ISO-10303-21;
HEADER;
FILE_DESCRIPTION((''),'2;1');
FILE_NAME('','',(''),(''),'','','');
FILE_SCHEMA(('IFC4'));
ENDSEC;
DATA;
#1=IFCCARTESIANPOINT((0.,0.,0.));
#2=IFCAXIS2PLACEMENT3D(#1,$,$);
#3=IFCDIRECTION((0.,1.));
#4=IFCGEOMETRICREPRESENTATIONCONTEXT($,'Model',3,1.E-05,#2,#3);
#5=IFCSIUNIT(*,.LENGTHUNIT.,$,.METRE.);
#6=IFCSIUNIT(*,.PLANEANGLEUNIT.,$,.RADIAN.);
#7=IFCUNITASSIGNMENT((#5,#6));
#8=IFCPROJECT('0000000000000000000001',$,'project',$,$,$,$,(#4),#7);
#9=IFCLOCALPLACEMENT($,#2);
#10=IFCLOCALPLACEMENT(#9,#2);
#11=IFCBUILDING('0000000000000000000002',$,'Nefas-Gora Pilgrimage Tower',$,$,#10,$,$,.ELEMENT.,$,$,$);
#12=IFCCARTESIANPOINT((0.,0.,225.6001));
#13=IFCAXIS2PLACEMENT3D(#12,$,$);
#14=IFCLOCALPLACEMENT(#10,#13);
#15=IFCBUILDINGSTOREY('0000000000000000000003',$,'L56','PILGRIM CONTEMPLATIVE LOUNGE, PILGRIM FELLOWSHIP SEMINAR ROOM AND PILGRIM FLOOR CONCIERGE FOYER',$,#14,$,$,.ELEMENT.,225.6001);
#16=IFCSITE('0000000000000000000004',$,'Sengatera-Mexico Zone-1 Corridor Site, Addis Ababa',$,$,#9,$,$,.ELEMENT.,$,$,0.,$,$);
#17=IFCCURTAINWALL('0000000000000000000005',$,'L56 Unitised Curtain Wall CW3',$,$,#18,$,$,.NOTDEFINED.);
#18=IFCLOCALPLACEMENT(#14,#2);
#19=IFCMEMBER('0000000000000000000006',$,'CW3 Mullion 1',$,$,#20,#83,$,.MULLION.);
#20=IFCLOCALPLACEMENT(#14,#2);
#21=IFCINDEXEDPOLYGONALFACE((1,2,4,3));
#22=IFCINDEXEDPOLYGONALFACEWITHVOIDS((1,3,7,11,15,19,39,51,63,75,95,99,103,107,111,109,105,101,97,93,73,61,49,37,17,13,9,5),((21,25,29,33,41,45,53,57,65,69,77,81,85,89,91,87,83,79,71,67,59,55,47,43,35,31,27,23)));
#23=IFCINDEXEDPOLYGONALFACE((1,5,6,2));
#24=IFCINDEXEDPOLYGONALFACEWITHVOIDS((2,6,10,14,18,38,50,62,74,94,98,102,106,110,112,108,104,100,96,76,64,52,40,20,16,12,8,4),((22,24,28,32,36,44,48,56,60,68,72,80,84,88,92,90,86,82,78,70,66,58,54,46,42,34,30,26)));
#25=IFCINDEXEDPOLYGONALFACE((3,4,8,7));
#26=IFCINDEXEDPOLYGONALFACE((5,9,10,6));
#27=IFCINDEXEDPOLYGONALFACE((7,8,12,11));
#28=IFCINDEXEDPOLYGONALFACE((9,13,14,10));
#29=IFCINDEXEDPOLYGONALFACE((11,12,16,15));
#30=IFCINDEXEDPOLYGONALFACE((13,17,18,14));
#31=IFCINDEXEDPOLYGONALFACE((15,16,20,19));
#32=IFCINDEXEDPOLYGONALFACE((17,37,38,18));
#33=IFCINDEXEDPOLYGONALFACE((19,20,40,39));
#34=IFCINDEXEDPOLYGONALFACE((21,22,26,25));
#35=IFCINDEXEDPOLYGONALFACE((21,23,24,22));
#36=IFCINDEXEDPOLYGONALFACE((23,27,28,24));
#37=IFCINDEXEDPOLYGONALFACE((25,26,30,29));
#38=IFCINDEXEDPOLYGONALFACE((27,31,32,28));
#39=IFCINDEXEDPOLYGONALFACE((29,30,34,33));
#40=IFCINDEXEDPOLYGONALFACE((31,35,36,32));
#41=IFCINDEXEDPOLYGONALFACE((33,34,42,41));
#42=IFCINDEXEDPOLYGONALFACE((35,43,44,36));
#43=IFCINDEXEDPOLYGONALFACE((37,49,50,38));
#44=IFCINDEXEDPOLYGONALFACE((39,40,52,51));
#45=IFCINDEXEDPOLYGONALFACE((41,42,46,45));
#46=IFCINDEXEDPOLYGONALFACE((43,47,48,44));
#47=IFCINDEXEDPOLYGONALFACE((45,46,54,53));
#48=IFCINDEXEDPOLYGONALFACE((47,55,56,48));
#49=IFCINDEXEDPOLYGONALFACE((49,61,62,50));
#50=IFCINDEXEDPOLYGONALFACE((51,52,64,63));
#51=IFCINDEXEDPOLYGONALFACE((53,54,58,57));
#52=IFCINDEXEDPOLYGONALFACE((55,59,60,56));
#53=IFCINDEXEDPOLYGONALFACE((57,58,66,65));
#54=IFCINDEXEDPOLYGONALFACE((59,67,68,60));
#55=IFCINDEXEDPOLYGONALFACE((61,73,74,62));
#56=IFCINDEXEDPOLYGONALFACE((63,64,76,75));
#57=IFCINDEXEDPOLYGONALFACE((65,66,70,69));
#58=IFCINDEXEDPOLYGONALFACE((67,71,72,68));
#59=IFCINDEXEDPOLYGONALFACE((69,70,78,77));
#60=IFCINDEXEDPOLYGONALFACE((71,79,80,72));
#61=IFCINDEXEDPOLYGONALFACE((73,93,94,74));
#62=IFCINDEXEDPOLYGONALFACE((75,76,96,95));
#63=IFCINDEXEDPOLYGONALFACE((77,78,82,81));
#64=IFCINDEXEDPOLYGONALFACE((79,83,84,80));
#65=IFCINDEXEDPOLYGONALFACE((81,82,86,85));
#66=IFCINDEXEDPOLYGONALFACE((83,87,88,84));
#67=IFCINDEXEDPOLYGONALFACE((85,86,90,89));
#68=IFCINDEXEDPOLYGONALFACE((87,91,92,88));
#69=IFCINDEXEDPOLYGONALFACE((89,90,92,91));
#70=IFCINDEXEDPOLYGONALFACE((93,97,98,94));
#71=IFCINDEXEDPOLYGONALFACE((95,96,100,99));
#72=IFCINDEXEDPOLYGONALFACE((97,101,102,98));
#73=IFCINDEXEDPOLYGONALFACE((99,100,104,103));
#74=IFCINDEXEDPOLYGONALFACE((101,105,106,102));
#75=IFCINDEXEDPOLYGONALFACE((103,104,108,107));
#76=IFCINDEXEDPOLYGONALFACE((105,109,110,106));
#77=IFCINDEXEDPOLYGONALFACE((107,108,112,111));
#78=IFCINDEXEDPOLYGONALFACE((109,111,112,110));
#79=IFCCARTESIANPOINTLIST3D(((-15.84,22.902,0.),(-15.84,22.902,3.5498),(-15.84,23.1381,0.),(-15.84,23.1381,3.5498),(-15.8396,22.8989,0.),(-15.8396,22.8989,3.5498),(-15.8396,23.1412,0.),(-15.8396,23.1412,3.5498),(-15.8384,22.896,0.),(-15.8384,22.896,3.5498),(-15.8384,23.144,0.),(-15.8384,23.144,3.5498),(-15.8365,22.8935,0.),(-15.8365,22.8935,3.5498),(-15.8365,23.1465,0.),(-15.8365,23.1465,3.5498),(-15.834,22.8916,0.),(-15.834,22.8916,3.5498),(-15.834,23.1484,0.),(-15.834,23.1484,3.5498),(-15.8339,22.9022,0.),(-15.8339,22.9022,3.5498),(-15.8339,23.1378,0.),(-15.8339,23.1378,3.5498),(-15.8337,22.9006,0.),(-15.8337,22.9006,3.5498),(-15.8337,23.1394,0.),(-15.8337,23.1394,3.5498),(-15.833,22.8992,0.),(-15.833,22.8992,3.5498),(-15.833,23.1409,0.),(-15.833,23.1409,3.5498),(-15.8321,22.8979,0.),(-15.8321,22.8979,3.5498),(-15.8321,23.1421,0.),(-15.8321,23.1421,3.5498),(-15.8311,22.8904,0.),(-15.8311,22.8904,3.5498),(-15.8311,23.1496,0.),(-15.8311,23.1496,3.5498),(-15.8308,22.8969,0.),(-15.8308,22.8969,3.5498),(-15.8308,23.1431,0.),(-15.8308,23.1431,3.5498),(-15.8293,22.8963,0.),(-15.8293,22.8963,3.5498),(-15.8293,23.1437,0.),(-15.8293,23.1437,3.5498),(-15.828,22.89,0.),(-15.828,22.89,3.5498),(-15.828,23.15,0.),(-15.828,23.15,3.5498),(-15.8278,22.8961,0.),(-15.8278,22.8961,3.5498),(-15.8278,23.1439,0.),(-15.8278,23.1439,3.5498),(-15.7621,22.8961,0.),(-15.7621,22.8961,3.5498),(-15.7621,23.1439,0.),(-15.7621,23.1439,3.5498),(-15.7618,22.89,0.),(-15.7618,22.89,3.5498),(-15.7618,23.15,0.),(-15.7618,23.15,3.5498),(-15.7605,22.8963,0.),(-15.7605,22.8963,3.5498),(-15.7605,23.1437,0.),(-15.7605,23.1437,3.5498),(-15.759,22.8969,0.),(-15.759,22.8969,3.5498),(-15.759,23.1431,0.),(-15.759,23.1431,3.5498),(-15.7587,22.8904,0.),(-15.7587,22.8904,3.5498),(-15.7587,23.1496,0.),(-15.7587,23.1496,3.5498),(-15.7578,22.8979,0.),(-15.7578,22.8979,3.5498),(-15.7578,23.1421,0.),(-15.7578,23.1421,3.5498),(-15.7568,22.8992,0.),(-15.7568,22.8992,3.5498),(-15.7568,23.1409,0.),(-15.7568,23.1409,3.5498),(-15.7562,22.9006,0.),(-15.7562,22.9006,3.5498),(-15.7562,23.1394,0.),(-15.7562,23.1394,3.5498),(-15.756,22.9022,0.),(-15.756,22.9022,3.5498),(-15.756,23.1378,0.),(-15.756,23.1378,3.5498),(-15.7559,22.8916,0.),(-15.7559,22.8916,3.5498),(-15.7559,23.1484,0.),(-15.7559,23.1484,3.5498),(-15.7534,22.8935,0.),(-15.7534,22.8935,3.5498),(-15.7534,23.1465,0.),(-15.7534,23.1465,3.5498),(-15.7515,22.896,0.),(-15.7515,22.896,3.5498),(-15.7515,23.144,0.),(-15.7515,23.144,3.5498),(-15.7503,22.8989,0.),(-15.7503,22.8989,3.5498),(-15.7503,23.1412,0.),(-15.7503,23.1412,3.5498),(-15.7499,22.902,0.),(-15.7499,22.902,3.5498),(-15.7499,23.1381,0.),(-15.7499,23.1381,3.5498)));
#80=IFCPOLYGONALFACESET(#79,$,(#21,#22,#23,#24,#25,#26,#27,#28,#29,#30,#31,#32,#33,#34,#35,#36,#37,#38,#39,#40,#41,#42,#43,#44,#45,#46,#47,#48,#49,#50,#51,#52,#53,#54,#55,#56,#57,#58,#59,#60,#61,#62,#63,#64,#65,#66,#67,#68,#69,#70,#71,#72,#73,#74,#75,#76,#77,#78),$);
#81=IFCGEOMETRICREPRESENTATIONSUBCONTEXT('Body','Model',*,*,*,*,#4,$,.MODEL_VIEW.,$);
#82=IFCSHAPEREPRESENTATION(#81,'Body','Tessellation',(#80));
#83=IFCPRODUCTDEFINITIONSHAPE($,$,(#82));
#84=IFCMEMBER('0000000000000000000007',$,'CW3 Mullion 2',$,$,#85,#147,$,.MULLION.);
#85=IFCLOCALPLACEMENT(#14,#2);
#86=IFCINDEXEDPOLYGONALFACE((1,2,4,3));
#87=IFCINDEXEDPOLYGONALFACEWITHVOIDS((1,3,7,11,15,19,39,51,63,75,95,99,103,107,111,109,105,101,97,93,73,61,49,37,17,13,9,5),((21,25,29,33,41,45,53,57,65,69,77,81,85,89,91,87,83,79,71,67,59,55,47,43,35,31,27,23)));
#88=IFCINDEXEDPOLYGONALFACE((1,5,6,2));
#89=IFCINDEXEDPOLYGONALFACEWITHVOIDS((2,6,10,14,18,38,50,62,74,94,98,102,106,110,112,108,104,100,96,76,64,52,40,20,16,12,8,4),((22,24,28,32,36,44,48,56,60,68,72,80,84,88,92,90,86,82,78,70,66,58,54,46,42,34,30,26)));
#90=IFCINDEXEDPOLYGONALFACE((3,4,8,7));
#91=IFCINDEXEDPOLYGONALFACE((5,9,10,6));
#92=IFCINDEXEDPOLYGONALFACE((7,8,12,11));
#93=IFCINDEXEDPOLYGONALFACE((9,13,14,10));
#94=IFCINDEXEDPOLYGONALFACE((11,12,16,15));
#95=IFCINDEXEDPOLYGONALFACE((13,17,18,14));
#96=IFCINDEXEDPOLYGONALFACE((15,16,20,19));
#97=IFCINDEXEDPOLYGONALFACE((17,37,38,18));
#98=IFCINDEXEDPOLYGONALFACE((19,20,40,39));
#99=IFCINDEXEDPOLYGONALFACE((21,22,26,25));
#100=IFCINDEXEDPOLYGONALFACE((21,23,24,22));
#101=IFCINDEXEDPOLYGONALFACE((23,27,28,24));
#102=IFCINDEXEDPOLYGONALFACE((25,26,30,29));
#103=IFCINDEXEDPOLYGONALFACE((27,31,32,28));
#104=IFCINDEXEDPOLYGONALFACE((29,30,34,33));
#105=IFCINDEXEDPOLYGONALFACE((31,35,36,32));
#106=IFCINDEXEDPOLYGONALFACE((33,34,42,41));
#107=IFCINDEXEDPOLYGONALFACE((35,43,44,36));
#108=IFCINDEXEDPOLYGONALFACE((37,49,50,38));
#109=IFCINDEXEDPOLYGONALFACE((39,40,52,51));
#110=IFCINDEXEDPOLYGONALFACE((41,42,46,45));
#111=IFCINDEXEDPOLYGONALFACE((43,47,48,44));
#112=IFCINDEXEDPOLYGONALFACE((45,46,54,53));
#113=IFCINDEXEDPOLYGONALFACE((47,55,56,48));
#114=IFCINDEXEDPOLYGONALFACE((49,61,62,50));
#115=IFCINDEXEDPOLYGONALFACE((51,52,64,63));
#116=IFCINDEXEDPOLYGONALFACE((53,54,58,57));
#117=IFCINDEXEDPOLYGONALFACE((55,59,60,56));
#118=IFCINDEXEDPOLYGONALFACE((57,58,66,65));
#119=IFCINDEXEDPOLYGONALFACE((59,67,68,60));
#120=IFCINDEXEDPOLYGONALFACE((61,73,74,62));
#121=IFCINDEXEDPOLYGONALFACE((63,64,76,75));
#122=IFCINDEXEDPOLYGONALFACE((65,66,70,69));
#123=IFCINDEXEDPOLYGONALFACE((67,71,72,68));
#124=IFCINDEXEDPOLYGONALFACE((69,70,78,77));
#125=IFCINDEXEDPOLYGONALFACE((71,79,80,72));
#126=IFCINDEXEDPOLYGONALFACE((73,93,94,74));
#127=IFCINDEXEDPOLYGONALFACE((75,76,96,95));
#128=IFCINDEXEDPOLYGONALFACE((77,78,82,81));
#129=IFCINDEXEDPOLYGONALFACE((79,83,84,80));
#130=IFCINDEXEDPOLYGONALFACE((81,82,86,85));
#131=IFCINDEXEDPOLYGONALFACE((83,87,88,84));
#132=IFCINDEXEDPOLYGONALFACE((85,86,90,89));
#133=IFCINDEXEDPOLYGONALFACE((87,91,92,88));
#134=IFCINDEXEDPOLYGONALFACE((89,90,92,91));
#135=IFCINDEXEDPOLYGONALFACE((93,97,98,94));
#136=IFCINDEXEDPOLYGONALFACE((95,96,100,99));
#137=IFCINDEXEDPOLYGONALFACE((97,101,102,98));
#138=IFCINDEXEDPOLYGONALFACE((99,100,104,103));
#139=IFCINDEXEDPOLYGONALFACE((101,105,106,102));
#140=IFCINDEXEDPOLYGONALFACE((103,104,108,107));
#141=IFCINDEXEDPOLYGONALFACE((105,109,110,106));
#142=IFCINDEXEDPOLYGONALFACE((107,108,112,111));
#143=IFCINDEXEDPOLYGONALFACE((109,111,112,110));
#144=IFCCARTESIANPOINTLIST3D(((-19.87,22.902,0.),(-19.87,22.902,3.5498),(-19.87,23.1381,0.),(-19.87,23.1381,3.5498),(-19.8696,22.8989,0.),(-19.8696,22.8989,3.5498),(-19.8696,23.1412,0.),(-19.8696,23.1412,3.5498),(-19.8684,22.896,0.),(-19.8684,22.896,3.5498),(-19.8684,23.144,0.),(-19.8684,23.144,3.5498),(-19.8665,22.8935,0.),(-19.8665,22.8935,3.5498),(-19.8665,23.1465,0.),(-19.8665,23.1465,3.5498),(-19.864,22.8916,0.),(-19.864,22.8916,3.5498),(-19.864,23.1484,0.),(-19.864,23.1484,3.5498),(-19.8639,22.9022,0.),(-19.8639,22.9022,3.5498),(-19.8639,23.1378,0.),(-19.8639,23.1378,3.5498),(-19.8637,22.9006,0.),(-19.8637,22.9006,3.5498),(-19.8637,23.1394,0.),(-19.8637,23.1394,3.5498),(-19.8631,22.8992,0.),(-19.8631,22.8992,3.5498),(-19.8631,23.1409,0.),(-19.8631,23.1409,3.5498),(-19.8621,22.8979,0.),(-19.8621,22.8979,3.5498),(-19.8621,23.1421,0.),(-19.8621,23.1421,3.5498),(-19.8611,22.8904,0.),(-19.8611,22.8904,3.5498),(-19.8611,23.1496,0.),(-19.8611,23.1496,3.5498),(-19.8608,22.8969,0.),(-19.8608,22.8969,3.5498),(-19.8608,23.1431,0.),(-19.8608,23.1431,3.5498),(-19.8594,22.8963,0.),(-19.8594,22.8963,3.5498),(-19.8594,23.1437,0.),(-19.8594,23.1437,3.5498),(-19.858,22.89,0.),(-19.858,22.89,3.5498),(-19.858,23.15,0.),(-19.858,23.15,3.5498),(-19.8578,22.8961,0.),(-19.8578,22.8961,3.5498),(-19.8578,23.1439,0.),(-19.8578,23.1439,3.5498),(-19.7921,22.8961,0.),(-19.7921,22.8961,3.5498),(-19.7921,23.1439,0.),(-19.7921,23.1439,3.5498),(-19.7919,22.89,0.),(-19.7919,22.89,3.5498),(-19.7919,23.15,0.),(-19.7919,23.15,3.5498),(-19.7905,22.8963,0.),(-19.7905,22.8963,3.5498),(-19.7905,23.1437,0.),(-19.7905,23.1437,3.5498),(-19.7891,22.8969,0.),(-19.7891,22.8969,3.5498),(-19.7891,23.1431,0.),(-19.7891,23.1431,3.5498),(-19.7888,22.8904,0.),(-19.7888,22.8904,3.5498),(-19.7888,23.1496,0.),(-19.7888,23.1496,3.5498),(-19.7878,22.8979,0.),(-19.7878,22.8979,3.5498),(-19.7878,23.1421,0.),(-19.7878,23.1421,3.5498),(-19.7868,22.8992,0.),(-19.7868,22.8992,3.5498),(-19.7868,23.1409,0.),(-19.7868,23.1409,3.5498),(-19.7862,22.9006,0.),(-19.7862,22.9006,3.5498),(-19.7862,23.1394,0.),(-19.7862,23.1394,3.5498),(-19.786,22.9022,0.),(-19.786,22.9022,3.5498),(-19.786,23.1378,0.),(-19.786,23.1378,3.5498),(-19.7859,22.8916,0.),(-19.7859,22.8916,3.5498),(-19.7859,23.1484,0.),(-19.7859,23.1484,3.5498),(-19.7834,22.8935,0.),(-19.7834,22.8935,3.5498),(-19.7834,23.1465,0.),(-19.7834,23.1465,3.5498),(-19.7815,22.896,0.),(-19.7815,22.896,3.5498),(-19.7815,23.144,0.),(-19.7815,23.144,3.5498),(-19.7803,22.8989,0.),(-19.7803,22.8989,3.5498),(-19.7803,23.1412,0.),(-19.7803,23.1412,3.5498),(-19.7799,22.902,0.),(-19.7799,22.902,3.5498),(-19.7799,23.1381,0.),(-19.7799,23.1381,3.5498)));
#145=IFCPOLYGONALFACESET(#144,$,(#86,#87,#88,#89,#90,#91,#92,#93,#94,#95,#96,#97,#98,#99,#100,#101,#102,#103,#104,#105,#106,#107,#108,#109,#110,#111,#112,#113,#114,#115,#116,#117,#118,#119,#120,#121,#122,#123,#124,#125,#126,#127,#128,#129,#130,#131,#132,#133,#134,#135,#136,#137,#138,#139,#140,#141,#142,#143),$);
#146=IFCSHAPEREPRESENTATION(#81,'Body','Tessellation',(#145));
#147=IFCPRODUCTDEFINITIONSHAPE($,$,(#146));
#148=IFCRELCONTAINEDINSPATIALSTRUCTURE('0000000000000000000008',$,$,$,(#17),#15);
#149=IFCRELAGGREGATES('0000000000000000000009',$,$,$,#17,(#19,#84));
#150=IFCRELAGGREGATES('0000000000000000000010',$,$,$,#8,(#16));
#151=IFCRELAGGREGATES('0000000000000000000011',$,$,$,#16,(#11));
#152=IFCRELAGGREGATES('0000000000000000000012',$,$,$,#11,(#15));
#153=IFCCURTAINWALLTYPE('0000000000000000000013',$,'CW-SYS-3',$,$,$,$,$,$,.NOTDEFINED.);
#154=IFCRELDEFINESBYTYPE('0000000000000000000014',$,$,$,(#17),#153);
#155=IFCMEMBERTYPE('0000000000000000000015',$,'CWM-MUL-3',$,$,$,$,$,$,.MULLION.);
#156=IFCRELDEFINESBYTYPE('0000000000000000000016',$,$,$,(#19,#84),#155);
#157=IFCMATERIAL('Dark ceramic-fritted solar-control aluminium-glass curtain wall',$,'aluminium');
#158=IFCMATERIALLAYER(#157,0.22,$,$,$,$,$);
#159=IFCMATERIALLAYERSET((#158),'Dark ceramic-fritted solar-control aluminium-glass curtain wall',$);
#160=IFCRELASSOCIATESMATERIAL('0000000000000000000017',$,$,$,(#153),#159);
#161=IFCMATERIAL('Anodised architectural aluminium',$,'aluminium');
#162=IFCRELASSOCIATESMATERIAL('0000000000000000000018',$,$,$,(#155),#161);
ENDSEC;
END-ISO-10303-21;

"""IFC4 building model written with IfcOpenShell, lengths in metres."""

from ifc_helpers import new_model, si_unit, direction, frame, origin, origin_2d, place, context, subcontext, project, spatial, hollow_rectangle, extrude, source, transform, mapped, material, layer, layer_set, material_profile, profile_set, type_object, element, aggregate, save


model = new_model("IFC4")

# Units and contexts
model_context = context("Model", 3, precision=1e-05, world=origin(), true_north=direction((0.0, 1.0)))
body_context = subcontext(model_context, "Body", "Model", "MODEL_VIEW")
ifc_project = project(units=[si_unit("LENGTHUNIT", "METRE"), si_unit("PLANEANGLEUNIT", "RADIAN")], contexts=[model_context])

# Site, building, storey
site_placement = place(None, origin())
site = spatial("IfcSite", under=ifc_project, at=site_placement, Name="Sengatera-Mexico Zone-1 Corridor Site, Addis Ababa", CompositionType="ELEMENT", RefElevation=0.0)
building_placement = place(site_placement, origin())
building = spatial("IfcBuilding", under=site, at=building_placement, Name="Nefas-Gora Pilgrimage Tower", CompositionType="ELEMENT")
storey_placement = place(building_placement, frame((0.0, 0.0, 225.6001)))
storey = spatial("IfcBuildingStorey", under=building, at=storey_placement, Name="L56", Description="PILGRIM CONTEMPLATIVE LOUNGE, PILGRIM FELLOWSHIP SEMINAR ROOM AND PILGRIM FLOOR CONCIERGE FOYER", CompositionType="ELEMENT", Elevation=225.6001)

# Shared definitions
ifc_material_1 = material(Name="Dark ceramic-fritted solar-control aluminium-glass curtain wall", Category="aluminium")
ifc_material_2 = material(Name="Anodised architectural aluminium", Category="aluminium")

# Curtain wall, members
ifc_layer_1 = layer(ifc_material_1, 0.22)
ifc_layer_set_1 = layer_set([ifc_layer_1], Name="Dark ceramic-fritted solar-control aluminium-glass curtain wall")
curtain_wall_type_1 = type_object("IfcCurtainWallType", Name="CW-SYS-3", PredefinedType="NOTDEFINED", material=ifc_layer_set_1)
curtain_wall_1_placement = place(storey_placement, origin())
curtain_wall_1 = element("IfcCurtainWall", 1, at=curtain_wall_1_placement, inside=storey, type_object=curtain_wall_type_1, Name="L56 Unitised Curtain Wall CW3", PredefinedType="NOTDEFINED")
ifc_material_profile_1 = material_profile(ifc_material_2, hollow_rectangle(XDim=0.0901, YDim=0.26, WallThickness=0.0061, InnerFilletRadius=0.0061, OuterFilletRadius=0.012, at=origin_2d()), Name="ALU MULLION 90x260")
ifc_profile_set_1 = profile_set([ifc_material_profile_1], Name="Anodised architectural aluminium")
member_type_1 = type_object("IfcMemberType", Name="CWM-MUL-3", PredefinedType="MULLION", material=ifc_profile_set_1)
shared_shape_1 = source(origin(), body_context, "Body", "SweptSolid", [
    extrude(hollow_rectangle(XDim=0.0901, YDim=0.26, WallThickness=0.0061, InnerFilletRadius=0.0061, OuterFilletRadius=0.012, at=origin_2d()), origin(), (0.0, 0.0, 1.0), 3.5498),
])
member_1_placement = place(storey_placement, frame((-15.7949, 23.02, 0.0), z_axis=(0.0, 0.0, 1.0), x_axis=(-1.0, 0.0, 0.0)))
member_1 = element("IfcMember", 2, at=member_1_placement, type_object=member_type_1, Name="CW3 Mullion 1", PredefinedType="MULLION", context=body_context, shape_type="MappedRepresentation", body=[
    mapped(shared_shape_1, transform((0.0, 0.0, 0.0), x_axis=(1.0, 0.0, 0.0), y_axis=(0.0, 1.0, 0.0), z_axis=(0.0, 0.0, 1.0), scale=1.0)),
])
member_2_placement = place(storey_placement, frame((-19.825, 23.02, 0.0), z_axis=(0.0, 0.0, 1.0), x_axis=(-1.0, 0.0, 0.0)))
member_2 = element("IfcMember", 3, at=member_2_placement, type_object=member_type_1, Name="CW3 Mullion 2", PredefinedType="MULLION", context=body_context, shape_type="MappedRepresentation", body=[
    mapped(shared_shape_1, transform((0.0, 0.0, 0.0), x_axis=(1.0, 0.0, 0.0), y_axis=(0.0, 1.0, 0.0), z_axis=(0.0, 0.0, 1.0), scale=1.0)),
])

aggregate(curtain_wall_1, [member_1, member_2])

save(model, "model.ifc")
